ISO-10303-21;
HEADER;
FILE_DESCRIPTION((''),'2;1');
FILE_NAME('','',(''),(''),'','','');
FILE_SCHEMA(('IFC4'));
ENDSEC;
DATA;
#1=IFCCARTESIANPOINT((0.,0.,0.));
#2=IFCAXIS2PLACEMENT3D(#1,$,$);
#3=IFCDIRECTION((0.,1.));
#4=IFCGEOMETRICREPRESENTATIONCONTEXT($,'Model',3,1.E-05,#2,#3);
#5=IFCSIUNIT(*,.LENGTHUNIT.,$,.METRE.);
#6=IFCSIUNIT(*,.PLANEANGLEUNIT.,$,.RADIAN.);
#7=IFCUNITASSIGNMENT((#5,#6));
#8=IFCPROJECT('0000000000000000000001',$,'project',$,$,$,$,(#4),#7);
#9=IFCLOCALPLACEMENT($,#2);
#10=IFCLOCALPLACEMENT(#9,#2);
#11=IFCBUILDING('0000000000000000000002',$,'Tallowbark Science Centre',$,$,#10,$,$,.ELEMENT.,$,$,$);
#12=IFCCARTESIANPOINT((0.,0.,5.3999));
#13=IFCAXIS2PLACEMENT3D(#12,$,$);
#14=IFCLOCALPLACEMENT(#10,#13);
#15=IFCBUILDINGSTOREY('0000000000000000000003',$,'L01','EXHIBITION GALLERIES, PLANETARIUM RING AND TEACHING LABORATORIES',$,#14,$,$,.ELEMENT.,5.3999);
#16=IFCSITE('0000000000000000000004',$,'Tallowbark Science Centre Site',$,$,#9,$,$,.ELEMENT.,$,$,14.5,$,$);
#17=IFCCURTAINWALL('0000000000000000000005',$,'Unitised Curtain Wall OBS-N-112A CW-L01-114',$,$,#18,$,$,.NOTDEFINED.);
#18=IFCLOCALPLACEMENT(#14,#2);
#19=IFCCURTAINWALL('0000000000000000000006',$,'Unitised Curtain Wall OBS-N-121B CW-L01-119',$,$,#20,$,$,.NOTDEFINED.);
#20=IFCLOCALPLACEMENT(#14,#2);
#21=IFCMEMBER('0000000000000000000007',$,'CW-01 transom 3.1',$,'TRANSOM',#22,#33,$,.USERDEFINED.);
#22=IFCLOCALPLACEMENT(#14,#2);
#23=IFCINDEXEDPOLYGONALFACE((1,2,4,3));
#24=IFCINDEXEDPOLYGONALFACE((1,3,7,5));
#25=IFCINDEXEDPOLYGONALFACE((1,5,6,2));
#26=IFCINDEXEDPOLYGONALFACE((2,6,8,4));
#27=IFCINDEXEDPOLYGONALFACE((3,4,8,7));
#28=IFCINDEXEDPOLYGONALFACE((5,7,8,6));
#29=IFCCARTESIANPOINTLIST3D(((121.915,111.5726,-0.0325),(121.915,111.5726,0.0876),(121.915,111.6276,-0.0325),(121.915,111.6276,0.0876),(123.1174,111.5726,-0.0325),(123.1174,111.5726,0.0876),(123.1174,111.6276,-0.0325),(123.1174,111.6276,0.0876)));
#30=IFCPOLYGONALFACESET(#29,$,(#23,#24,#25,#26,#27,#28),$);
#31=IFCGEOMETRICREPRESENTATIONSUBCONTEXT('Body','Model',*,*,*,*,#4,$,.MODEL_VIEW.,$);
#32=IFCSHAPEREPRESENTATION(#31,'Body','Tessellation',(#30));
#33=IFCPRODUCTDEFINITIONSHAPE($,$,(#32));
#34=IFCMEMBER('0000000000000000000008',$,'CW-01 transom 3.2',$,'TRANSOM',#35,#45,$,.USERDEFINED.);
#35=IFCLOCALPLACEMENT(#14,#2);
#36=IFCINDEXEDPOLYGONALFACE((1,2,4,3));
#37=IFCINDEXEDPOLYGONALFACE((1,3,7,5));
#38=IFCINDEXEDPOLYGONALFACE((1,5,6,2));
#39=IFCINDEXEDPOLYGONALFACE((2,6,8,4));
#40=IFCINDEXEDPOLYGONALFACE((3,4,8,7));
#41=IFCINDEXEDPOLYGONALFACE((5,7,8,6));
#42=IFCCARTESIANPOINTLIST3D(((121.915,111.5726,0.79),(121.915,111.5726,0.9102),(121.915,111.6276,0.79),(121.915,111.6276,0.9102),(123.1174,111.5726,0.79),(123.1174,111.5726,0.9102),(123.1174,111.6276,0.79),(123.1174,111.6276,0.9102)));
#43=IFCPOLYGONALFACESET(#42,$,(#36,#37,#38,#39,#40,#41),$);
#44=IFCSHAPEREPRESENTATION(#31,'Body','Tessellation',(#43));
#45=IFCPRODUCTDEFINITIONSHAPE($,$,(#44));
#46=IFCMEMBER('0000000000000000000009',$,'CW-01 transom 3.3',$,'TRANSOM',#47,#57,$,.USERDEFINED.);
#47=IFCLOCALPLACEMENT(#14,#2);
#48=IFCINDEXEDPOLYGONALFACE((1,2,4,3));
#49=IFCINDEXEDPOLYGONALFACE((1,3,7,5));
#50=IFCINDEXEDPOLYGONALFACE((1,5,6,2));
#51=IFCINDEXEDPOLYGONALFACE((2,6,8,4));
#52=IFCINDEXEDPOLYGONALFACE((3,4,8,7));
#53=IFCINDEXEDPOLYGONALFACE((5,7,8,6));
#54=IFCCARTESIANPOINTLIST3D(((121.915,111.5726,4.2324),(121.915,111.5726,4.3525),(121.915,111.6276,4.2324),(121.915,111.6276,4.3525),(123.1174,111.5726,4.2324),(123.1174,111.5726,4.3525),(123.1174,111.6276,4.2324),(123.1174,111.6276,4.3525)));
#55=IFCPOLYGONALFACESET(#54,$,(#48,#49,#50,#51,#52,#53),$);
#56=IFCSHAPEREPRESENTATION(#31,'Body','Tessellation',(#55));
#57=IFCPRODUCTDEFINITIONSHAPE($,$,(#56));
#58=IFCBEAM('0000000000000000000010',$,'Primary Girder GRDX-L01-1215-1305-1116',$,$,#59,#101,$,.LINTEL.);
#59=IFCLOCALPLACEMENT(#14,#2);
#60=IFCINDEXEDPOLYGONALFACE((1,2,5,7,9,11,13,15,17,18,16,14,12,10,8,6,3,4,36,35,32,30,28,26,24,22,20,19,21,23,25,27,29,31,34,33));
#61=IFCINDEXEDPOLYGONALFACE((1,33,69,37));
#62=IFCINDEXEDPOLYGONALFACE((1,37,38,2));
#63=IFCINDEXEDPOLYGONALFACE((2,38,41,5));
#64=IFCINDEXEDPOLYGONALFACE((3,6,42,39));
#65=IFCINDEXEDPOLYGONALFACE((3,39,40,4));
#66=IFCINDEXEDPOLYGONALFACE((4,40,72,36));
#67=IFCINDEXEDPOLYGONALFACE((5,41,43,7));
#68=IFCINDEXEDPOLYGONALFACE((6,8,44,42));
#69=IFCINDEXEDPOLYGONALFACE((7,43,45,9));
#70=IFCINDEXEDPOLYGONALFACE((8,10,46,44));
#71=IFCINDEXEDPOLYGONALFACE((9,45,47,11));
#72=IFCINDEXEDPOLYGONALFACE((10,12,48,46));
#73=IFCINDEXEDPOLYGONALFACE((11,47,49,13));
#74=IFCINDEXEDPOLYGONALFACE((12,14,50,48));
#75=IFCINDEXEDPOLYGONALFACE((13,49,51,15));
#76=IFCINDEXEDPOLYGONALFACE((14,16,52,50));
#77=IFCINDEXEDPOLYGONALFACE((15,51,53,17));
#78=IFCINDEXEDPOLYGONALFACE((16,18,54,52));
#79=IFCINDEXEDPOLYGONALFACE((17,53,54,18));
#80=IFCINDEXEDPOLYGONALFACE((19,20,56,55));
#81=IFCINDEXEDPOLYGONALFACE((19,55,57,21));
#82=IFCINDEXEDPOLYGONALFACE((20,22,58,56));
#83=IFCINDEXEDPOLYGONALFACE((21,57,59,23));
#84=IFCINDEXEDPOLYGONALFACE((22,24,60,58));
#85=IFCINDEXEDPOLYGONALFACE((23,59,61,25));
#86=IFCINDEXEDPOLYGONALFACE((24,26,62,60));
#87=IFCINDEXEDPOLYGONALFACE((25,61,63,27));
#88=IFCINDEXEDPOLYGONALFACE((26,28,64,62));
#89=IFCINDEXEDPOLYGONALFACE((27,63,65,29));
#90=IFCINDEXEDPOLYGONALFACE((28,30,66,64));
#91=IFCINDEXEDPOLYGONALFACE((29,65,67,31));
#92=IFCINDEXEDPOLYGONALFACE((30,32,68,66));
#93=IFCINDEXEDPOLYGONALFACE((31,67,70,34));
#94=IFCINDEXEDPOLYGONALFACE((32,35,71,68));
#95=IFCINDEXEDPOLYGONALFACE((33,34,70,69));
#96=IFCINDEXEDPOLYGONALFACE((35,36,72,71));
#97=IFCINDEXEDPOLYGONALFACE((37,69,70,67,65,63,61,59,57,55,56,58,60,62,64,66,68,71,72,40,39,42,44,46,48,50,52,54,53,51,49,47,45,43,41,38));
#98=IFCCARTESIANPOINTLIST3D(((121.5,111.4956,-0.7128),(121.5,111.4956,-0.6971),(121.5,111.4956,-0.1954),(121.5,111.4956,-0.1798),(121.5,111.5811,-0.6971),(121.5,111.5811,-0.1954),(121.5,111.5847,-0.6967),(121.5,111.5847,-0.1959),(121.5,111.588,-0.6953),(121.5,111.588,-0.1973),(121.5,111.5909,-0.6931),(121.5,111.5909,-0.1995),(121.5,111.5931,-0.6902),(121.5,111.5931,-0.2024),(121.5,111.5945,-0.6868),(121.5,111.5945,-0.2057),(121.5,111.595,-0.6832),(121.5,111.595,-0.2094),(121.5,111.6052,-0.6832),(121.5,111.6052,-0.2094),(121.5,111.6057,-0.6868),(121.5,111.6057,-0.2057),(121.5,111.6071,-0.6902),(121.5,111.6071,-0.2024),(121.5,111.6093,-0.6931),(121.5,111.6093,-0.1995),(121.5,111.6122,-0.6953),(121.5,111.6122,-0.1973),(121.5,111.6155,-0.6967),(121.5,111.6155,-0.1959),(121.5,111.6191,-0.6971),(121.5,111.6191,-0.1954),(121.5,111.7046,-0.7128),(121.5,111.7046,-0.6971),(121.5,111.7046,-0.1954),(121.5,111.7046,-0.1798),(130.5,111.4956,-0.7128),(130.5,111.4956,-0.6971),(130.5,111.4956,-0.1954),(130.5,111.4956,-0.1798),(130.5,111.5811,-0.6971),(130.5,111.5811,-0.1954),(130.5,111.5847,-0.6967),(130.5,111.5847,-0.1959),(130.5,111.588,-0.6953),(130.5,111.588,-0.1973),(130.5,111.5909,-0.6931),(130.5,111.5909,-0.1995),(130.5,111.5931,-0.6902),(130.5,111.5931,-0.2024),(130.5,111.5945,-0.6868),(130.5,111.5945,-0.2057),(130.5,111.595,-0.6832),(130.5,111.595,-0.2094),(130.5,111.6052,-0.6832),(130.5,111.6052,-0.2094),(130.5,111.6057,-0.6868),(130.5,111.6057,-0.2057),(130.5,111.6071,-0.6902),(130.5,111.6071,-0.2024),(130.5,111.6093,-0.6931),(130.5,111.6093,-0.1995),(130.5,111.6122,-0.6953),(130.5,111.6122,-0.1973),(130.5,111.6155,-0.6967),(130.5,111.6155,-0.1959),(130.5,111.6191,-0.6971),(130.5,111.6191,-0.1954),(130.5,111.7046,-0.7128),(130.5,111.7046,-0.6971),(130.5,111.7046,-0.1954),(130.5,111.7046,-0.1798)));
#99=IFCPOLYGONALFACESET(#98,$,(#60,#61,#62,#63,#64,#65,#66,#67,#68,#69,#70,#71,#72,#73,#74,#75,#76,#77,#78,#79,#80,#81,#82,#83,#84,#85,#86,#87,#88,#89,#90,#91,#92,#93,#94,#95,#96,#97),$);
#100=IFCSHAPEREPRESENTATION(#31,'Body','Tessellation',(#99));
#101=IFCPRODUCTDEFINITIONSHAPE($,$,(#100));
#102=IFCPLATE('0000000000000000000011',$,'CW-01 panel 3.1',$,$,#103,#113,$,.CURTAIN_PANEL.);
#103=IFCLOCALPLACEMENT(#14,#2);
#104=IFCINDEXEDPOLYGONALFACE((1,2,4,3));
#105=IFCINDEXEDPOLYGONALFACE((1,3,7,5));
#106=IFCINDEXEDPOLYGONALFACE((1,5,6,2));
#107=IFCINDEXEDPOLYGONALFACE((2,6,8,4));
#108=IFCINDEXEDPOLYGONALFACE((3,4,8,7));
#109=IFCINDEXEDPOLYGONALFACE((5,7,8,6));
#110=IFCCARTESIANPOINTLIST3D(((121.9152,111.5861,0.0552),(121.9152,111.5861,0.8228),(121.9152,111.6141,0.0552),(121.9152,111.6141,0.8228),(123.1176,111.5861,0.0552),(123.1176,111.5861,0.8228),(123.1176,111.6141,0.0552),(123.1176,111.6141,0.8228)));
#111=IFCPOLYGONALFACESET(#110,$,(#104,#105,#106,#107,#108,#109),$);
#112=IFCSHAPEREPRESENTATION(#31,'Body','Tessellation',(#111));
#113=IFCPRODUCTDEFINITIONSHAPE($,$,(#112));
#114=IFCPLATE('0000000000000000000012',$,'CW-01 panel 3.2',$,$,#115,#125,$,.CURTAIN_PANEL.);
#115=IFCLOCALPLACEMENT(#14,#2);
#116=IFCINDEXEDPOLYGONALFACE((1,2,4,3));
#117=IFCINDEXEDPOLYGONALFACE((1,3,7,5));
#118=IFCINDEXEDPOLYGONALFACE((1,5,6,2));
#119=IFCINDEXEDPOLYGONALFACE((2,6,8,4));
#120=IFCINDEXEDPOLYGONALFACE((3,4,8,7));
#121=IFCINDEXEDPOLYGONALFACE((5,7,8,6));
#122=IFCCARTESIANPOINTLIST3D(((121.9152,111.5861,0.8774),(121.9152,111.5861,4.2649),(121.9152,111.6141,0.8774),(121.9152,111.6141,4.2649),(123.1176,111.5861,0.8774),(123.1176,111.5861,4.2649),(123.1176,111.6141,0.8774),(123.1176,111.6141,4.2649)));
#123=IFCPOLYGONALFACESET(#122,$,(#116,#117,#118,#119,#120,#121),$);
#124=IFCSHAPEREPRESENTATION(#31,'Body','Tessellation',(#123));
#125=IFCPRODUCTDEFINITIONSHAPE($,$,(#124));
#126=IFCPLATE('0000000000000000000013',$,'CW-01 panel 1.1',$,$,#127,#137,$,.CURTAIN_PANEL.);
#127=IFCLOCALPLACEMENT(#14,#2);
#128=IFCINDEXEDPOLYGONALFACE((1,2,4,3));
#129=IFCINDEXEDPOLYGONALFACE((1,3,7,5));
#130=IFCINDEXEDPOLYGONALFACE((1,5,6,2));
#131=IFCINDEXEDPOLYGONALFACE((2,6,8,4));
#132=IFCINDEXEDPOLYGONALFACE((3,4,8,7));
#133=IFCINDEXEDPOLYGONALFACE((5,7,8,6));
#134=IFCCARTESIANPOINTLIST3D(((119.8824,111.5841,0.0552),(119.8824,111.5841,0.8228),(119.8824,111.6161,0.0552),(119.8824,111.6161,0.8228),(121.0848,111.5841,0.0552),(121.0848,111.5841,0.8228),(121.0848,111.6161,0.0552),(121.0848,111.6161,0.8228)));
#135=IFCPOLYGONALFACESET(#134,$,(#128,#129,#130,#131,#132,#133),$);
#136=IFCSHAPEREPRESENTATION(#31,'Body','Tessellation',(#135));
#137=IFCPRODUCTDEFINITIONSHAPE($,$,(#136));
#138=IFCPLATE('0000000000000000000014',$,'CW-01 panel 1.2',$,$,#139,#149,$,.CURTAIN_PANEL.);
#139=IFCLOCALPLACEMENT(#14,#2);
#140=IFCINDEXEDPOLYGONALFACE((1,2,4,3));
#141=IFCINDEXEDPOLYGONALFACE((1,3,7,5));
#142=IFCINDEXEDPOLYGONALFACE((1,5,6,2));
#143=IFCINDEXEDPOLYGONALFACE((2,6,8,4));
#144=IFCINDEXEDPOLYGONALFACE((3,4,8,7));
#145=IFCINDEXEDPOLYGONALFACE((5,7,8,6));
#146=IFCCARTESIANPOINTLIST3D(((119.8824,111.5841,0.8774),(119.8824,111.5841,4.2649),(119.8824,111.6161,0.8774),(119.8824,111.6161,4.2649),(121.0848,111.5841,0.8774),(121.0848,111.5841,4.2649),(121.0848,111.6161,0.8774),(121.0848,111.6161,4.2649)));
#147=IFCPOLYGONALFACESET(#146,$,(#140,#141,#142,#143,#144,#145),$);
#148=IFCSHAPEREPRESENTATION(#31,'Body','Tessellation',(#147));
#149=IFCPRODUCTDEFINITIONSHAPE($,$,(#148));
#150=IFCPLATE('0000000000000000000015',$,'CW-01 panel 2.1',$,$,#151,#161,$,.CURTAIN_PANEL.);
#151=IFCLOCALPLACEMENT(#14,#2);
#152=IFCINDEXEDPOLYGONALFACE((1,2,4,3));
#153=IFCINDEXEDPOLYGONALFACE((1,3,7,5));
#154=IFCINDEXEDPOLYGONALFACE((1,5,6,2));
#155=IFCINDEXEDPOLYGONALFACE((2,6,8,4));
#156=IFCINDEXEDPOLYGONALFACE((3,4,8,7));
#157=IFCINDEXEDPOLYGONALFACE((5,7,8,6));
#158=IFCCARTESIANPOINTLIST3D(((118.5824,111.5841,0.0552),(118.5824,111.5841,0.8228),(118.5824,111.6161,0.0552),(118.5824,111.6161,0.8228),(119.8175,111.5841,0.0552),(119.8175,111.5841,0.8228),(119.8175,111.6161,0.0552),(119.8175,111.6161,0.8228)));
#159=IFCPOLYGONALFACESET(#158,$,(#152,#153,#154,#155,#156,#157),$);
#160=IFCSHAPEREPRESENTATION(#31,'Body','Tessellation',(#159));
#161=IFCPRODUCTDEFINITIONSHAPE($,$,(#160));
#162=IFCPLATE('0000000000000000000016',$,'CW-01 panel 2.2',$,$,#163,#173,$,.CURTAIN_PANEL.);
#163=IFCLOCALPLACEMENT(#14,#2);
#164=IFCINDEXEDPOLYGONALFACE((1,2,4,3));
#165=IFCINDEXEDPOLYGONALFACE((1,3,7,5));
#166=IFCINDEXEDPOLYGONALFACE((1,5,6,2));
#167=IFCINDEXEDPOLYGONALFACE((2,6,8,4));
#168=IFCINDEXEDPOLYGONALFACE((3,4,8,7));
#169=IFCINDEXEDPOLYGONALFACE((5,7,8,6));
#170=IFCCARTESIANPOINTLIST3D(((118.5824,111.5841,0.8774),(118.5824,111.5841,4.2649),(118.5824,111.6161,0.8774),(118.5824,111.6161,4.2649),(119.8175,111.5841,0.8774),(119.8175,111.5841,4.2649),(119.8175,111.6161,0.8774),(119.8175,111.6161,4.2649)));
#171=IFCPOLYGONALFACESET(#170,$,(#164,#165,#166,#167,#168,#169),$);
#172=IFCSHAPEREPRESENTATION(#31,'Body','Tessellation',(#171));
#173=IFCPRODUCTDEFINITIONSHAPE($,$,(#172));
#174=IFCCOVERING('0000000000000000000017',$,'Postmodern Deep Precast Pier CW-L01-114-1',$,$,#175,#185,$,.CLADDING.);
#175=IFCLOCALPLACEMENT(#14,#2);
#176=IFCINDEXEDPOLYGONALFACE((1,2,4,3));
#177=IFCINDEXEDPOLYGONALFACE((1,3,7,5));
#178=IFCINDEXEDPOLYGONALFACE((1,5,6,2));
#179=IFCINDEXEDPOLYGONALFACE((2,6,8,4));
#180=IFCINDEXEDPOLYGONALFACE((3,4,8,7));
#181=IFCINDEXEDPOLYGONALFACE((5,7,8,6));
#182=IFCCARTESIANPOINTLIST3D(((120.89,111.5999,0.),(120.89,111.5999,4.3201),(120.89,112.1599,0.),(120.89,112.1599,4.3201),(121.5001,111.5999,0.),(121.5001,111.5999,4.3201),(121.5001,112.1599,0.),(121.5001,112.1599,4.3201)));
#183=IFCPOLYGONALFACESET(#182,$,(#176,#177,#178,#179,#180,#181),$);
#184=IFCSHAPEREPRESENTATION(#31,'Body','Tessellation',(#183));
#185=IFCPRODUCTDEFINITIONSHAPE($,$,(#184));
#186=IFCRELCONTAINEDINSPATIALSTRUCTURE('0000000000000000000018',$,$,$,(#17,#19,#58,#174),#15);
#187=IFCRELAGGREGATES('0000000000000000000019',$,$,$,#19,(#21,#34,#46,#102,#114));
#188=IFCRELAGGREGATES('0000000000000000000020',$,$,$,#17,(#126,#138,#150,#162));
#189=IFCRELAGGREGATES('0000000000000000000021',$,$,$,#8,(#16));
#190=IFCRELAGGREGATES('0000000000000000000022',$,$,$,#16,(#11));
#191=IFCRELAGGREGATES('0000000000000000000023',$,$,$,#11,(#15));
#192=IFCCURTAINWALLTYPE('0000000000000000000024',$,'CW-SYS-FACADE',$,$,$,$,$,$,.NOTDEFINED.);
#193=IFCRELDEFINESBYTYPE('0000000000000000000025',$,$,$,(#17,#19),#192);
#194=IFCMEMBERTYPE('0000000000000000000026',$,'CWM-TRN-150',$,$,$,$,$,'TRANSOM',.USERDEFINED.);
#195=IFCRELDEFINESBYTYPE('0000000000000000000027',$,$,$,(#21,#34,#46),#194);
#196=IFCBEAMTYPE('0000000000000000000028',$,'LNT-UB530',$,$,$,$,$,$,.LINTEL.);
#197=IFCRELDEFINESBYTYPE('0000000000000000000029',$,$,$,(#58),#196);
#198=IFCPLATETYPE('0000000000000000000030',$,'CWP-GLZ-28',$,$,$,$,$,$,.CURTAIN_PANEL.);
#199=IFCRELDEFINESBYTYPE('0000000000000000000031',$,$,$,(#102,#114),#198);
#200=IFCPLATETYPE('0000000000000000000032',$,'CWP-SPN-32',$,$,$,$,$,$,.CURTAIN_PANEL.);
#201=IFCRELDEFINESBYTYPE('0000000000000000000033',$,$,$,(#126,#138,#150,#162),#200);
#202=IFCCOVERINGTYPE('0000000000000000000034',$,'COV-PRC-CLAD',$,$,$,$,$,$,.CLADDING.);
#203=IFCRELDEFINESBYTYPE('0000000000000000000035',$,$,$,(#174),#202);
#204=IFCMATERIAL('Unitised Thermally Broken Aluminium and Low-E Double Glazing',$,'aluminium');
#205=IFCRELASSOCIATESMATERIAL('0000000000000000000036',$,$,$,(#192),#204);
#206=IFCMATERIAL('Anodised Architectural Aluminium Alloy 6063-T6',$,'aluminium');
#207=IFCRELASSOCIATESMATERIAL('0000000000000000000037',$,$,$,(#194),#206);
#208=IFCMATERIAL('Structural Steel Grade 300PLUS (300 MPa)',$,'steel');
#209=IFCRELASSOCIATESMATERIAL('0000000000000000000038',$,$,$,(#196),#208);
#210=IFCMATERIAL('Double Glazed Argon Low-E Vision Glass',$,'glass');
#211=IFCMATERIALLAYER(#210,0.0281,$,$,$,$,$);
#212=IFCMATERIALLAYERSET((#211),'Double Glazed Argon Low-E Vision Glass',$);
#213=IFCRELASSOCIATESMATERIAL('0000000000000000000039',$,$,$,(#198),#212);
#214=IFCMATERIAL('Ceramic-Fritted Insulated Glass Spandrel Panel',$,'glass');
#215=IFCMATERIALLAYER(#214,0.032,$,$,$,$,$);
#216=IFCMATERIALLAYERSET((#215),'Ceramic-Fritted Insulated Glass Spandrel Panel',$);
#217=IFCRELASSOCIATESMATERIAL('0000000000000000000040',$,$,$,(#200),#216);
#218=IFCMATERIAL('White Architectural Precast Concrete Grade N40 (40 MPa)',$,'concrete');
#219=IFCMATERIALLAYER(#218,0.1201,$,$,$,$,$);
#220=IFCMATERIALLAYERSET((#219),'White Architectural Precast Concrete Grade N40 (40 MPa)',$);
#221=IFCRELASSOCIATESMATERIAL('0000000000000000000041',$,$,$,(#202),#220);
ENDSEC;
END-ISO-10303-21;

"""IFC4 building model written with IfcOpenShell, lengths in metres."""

from ifc_helpers import new_model, si_unit, direction, frame, origin, origin_2d, place, context, subcontext, project, spatial, rectangle, i_section, extrude, material, layer, layer_set, material_profile, profile_set, type_object, element, aggregate, save


model = new_model("IFC4")

# Units and contexts
model_context = context("Model", 3, precision=1e-05, world=origin(), true_north=direction((0.0, 1.0)))
body_context = subcontext(model_context, "Body", "Model", "MODEL_VIEW")
ifc_project = project(units=[si_unit("LENGTHUNIT", "METRE"), si_unit("PLANEANGLEUNIT", "RADIAN")], contexts=[model_context])

# Site, building, storey
site_placement = place(None, origin())
site = spatial("IfcSite", under=ifc_project, at=site_placement, Name="Tallowbark Science Centre Site", CompositionType="ELEMENT", RefElevation=14.5)
building_placement = place(site_placement, origin())
building = spatial("IfcBuilding", under=site, at=building_placement, Name="Tallowbark Science Centre", CompositionType="ELEMENT")
storey_placement = place(building_placement, frame((0.0, 0.0, 5.3999)))
storey = spatial("IfcBuildingStorey", under=building, at=storey_placement, Name="L01", Description="EXHIBITION GALLERIES, PLANETARIUM RING AND TEACHING LABORATORIES", CompositionType="ELEMENT", Elevation=5.3999)

# Shared definitions
ifc_material_1 = material(Name="Structural Steel Grade 300PLUS (300 MPa)", Category="steel")

# Curtain walls
ifc_material_2 = material(Name="Unitised Thermally Broken Aluminium and Low-E Double Glazing", Category="aluminium")
curtain_wall_type = type_object("IfcCurtainWallType", Name="CW-SYS-FACADE", PredefinedType="NOTDEFINED", material=ifc_material_2)
curtain_wall_1_placement = place(storey_placement, origin())
curtain_wall_1 = element("IfcCurtainWall", 1, at=curtain_wall_1_placement, inside=storey, type_object=curtain_wall_type, Name="Unitised Curtain Wall OBS-N-112A CW-L01-114", PredefinedType="NOTDEFINED")
ifc_material_3 = material(Name="Anodised Architectural Aluminium Alloy 6063-T6", Category="aluminium")
curtain_wall_2_placement = place(storey_placement, origin())
curtain_wall_2 = element("IfcCurtainWall", 2, at=curtain_wall_2_placement, inside=storey, type_object=curtain_wall_type, Name="Unitised Curtain Wall OBS-N-121B CW-L01-119", PredefinedType="NOTDEFINED")

# Members
ifc_material_profile_1 = material_profile(ifc_material_3, rectangle(XDim=0.0549, YDim=0.1201, at=origin_2d()), Name="ALU55x120")
ifc_profile_set_1 = profile_set([ifc_material_profile_1], Name="Anodised Architectural Aluminium Alloy 6063-T6")
member_type_1 = type_object("IfcMemberType", Name="CWM-TRN-150", ElementType="TRANSOM", PredefinedType="USERDEFINED", material=ifc_profile_set_1)
member_1_placement = place(storey_placement, frame((123.1174, 111.6001, 0.0276), z_axis=(-1.0, 0.0, 0.0), x_axis=(0.0, -1.0, 0.0)))
member_1 = element("IfcMember", 3, at=member_1_placement, type_object=member_type_1, Name="CW-01 transom 3.1", ObjectType="TRANSOM", PredefinedType="USERDEFINED", context=body_context, shape_type="SweptSolid", body=[
    extrude(rectangle(XDim=0.0549, YDim=0.1201, at=origin_2d()), origin(), (0.0, 0.0, 1.0), 1.2024),
])
member_2_placement = place(storey_placement, frame((123.1174, 111.6001, 0.8501), z_axis=(-1.0, 0.0, 0.0), x_axis=(0.0, -1.0, 0.0)))
member_2 = element("IfcMember", 4, at=member_2_placement, type_object=member_type_1, Name="CW-01 transom 3.2", ObjectType="TRANSOM", PredefinedType="USERDEFINED", context=body_context, shape_type="SweptSolid", body=[
    extrude(rectangle(XDim=0.0549, YDim=0.1201, at=origin_2d()), origin(), (0.0, 0.0, 1.0), 1.2024),
])
member_3_placement = place(storey_placement, frame((123.1174, 111.6001, 4.2925), z_axis=(-1.0, 0.0, 0.0), x_axis=(0.0, -1.0, 0.0)))
member_3 = element("IfcMember", 5, at=member_3_placement, type_object=member_type_1, Name="CW-01 transom 3.3", ObjectType="TRANSOM", PredefinedType="USERDEFINED", context=body_context, shape_type="SweptSolid", body=[
    extrude(rectangle(XDim=0.0549, YDim=0.1201, at=origin_2d()), origin(), (0.0, 0.0, 1.0), 1.2024),
])

# Beam
ifc_material_profile_2 = material_profile(ifc_material_1, i_section(OverallWidth=0.209, OverallDepth=0.533, WebThickness=0.0103, FlangeThickness=0.0156, FilletRadius=0.0139, at=origin_2d()), Name="530UB92.4")
ifc_profile_set_2 = profile_set([ifc_material_profile_2], Name="Structural Steel Grade 300PLUS (300 MPa)")
beam_type = type_object("IfcBeamType", Name="LNT-UB530", PredefinedType="LINTEL", material=ifc_profile_set_2)
beam_placement = place(storey_placement, frame((121.5, 111.6001, -0.4463), z_axis=(1.0, 0.0, 0.0), x_axis=(0.0, 1.0, 0.0)))
element("IfcBeam", 6, at=beam_placement, inside=storey, type_object=beam_type, Name="Primary Girder GRDX-L01-1215-1305-1116", PredefinedType="LINTEL", context=body_context, shape_type="SweptSolid", body=[
    extrude(i_section(OverallWidth=0.209, OverallDepth=0.533, WebThickness=0.0103, FlangeThickness=0.0156, FilletRadius=0.0139, at=origin_2d()), origin(), (0.0, 0.0, 1.0), 9.0),
])

# Plates
ifc_material_4 = material(Name="Double Glazed Argon Low-E Vision Glass", Category="glass")
ifc_layer_1 = layer(ifc_material_4, 0.0281)
ifc_layer_set_1 = layer_set([ifc_layer_1], Name="Double Glazed Argon Low-E Vision Glass")
plate_type_1 = type_object("IfcPlateType", Name="CWP-GLZ-28", PredefinedType="CURTAIN_PANEL", material=ifc_layer_set_1)
plate_1_placement = place(storey_placement, frame((122.5164, 111.6001, 0.0552), z_axis=(0.0, 0.0, 1.0), x_axis=(-1.0, 0.0, 0.0)))
plate_1 = element("IfcPlate", 7, at=plate_1_placement, type_object=plate_type_1, Name="CW-01 panel 3.1", PredefinedType="CURTAIN_PANEL", context=body_context, shape_type="SweptSolid", body=[
    extrude(rectangle(XDim=1.2024, YDim=0.0281, at=origin_2d()), origin(), (0.0, 0.0, 1.0), 0.7676),
])
plate_2_placement = place(storey_placement, frame((122.5164, 111.6001, 0.8774), z_axis=(0.0, 0.0, 1.0), x_axis=(-1.0, 0.0, 0.0)))
plate_2 = element("IfcPlate", 8, at=plate_2_placement, type_object=plate_type_1, Name="CW-01 panel 3.2", PredefinedType="CURTAIN_PANEL", context=body_context, shape_type="SweptSolid", body=[
    extrude(rectangle(XDim=1.2024, YDim=0.0281, at=origin_2d()), origin(), (0.0, 0.0, 1.0), 3.3875),
])
aggregate(curtain_wall_2, [member_1, member_2, member_3, plate_1, plate_2])
ifc_material_5 = material(Name="Ceramic-Fritted Insulated Glass Spandrel Panel", Category="glass")
ifc_layer_2 = layer(ifc_material_5, 0.032)
ifc_layer_set_2 = layer_set([ifc_layer_2], Name="Ceramic-Fritted Insulated Glass Spandrel Panel")
plate_type_2 = type_object("IfcPlateType", Name="CWP-SPN-32", PredefinedType="CURTAIN_PANEL", material=ifc_layer_set_2)
plate_3_placement = place(storey_placement, frame((120.4836, 111.6001, 0.0552), z_axis=(0.0, 0.0, 1.0), x_axis=(-1.0, 0.0, 0.0)))
plate_3 = element("IfcPlate", 9, at=plate_3_placement, type_object=plate_type_2, Name="CW-01 panel 1.1", PredefinedType="CURTAIN_PANEL", context=body_context, shape_type="SweptSolid", body=[
    extrude(rectangle(XDim=1.2024, YDim=0.032, at=origin_2d()), origin(), (0.0, 0.0, 1.0), 0.7676),
])
plate_4_placement = place(storey_placement, frame((120.4836, 111.6001, 0.8774), z_axis=(0.0, 0.0, 1.0), x_axis=(-1.0, 0.0, 0.0)))
plate_4 = element("IfcPlate", 10, at=plate_4_placement, type_object=plate_type_2, Name="CW-01 panel 1.2", PredefinedType="CURTAIN_PANEL", context=body_context, shape_type="SweptSolid", body=[
    extrude(rectangle(XDim=1.2024, YDim=0.032, at=origin_2d()), origin(), (0.0, 0.0, 1.0), 3.3875),
])
plate_5_placement = place(storey_placement, frame((119.2, 111.6001, 0.0552), z_axis=(0.0, 0.0, 1.0), x_axis=(-1.0, 0.0, 0.0)))
plate_5 = element("IfcPlate", 11, at=plate_5_placement, type_object=plate_type_2, Name="CW-01 panel 2.1", PredefinedType="CURTAIN_PANEL", context=body_context, shape_type="SweptSolid", body=[
    extrude(rectangle(XDim=1.2351, YDim=0.032, at=origin_2d()), origin(), (0.0, 0.0, 1.0), 0.7676),
])
plate_6_placement = place(storey_placement, frame((119.2, 111.6001, 0.8774), z_axis=(0.0, 0.0, 1.0), x_axis=(-1.0, 0.0, 0.0)))
plate_6 = element("IfcPlate", 12, at=plate_6_placement, type_object=plate_type_2, Name="CW-01 panel 2.2", PredefinedType="CURTAIN_PANEL", context=body_context, shape_type="SweptSolid", body=[
    extrude(rectangle(XDim=1.2351, YDim=0.032, at=origin_2d()), origin(), (0.0, 0.0, 1.0), 3.3875),
])
aggregate(curtain_wall_1, [plate_3, plate_4, plate_5, plate_6])

# Covering
ifc_material_6 = material(Name="White Architectural Precast Concrete Grade N40 (40 MPa)", Category="concrete")
ifc_layer_3 = layer(ifc_material_6, 0.1201)
ifc_layer_set_3 = layer_set([ifc_layer_3], Name="White Architectural Precast Concrete Grade N40 (40 MPa)")
covering_type_1 = type_object("IfcCoveringType", Name="COV-PRC-CLAD", PredefinedType="CLADDING", material=ifc_layer_set_3)
covering_1_placement = place(storey_placement, frame((121.1951, 111.8799, 0.0), z_axis=(0.0, 0.0, 1.0), x_axis=(-1.0, 0.0, 0.0)))
element("IfcCovering", 13, at=covering_1_placement, inside=storey, type_object=covering_type_1, Name="Postmodern Deep Precast Pier CW-L01-114-1", PredefinedType="CLADDING", context=body_context, shape_type="SweptSolid", body=[
    extrude(rectangle(XDim=0.6101, YDim=0.5601, at=origin_2d()), origin(), (0.0, 0.0, 1.0), 4.3201),
])

save(model, "model.ifc")
